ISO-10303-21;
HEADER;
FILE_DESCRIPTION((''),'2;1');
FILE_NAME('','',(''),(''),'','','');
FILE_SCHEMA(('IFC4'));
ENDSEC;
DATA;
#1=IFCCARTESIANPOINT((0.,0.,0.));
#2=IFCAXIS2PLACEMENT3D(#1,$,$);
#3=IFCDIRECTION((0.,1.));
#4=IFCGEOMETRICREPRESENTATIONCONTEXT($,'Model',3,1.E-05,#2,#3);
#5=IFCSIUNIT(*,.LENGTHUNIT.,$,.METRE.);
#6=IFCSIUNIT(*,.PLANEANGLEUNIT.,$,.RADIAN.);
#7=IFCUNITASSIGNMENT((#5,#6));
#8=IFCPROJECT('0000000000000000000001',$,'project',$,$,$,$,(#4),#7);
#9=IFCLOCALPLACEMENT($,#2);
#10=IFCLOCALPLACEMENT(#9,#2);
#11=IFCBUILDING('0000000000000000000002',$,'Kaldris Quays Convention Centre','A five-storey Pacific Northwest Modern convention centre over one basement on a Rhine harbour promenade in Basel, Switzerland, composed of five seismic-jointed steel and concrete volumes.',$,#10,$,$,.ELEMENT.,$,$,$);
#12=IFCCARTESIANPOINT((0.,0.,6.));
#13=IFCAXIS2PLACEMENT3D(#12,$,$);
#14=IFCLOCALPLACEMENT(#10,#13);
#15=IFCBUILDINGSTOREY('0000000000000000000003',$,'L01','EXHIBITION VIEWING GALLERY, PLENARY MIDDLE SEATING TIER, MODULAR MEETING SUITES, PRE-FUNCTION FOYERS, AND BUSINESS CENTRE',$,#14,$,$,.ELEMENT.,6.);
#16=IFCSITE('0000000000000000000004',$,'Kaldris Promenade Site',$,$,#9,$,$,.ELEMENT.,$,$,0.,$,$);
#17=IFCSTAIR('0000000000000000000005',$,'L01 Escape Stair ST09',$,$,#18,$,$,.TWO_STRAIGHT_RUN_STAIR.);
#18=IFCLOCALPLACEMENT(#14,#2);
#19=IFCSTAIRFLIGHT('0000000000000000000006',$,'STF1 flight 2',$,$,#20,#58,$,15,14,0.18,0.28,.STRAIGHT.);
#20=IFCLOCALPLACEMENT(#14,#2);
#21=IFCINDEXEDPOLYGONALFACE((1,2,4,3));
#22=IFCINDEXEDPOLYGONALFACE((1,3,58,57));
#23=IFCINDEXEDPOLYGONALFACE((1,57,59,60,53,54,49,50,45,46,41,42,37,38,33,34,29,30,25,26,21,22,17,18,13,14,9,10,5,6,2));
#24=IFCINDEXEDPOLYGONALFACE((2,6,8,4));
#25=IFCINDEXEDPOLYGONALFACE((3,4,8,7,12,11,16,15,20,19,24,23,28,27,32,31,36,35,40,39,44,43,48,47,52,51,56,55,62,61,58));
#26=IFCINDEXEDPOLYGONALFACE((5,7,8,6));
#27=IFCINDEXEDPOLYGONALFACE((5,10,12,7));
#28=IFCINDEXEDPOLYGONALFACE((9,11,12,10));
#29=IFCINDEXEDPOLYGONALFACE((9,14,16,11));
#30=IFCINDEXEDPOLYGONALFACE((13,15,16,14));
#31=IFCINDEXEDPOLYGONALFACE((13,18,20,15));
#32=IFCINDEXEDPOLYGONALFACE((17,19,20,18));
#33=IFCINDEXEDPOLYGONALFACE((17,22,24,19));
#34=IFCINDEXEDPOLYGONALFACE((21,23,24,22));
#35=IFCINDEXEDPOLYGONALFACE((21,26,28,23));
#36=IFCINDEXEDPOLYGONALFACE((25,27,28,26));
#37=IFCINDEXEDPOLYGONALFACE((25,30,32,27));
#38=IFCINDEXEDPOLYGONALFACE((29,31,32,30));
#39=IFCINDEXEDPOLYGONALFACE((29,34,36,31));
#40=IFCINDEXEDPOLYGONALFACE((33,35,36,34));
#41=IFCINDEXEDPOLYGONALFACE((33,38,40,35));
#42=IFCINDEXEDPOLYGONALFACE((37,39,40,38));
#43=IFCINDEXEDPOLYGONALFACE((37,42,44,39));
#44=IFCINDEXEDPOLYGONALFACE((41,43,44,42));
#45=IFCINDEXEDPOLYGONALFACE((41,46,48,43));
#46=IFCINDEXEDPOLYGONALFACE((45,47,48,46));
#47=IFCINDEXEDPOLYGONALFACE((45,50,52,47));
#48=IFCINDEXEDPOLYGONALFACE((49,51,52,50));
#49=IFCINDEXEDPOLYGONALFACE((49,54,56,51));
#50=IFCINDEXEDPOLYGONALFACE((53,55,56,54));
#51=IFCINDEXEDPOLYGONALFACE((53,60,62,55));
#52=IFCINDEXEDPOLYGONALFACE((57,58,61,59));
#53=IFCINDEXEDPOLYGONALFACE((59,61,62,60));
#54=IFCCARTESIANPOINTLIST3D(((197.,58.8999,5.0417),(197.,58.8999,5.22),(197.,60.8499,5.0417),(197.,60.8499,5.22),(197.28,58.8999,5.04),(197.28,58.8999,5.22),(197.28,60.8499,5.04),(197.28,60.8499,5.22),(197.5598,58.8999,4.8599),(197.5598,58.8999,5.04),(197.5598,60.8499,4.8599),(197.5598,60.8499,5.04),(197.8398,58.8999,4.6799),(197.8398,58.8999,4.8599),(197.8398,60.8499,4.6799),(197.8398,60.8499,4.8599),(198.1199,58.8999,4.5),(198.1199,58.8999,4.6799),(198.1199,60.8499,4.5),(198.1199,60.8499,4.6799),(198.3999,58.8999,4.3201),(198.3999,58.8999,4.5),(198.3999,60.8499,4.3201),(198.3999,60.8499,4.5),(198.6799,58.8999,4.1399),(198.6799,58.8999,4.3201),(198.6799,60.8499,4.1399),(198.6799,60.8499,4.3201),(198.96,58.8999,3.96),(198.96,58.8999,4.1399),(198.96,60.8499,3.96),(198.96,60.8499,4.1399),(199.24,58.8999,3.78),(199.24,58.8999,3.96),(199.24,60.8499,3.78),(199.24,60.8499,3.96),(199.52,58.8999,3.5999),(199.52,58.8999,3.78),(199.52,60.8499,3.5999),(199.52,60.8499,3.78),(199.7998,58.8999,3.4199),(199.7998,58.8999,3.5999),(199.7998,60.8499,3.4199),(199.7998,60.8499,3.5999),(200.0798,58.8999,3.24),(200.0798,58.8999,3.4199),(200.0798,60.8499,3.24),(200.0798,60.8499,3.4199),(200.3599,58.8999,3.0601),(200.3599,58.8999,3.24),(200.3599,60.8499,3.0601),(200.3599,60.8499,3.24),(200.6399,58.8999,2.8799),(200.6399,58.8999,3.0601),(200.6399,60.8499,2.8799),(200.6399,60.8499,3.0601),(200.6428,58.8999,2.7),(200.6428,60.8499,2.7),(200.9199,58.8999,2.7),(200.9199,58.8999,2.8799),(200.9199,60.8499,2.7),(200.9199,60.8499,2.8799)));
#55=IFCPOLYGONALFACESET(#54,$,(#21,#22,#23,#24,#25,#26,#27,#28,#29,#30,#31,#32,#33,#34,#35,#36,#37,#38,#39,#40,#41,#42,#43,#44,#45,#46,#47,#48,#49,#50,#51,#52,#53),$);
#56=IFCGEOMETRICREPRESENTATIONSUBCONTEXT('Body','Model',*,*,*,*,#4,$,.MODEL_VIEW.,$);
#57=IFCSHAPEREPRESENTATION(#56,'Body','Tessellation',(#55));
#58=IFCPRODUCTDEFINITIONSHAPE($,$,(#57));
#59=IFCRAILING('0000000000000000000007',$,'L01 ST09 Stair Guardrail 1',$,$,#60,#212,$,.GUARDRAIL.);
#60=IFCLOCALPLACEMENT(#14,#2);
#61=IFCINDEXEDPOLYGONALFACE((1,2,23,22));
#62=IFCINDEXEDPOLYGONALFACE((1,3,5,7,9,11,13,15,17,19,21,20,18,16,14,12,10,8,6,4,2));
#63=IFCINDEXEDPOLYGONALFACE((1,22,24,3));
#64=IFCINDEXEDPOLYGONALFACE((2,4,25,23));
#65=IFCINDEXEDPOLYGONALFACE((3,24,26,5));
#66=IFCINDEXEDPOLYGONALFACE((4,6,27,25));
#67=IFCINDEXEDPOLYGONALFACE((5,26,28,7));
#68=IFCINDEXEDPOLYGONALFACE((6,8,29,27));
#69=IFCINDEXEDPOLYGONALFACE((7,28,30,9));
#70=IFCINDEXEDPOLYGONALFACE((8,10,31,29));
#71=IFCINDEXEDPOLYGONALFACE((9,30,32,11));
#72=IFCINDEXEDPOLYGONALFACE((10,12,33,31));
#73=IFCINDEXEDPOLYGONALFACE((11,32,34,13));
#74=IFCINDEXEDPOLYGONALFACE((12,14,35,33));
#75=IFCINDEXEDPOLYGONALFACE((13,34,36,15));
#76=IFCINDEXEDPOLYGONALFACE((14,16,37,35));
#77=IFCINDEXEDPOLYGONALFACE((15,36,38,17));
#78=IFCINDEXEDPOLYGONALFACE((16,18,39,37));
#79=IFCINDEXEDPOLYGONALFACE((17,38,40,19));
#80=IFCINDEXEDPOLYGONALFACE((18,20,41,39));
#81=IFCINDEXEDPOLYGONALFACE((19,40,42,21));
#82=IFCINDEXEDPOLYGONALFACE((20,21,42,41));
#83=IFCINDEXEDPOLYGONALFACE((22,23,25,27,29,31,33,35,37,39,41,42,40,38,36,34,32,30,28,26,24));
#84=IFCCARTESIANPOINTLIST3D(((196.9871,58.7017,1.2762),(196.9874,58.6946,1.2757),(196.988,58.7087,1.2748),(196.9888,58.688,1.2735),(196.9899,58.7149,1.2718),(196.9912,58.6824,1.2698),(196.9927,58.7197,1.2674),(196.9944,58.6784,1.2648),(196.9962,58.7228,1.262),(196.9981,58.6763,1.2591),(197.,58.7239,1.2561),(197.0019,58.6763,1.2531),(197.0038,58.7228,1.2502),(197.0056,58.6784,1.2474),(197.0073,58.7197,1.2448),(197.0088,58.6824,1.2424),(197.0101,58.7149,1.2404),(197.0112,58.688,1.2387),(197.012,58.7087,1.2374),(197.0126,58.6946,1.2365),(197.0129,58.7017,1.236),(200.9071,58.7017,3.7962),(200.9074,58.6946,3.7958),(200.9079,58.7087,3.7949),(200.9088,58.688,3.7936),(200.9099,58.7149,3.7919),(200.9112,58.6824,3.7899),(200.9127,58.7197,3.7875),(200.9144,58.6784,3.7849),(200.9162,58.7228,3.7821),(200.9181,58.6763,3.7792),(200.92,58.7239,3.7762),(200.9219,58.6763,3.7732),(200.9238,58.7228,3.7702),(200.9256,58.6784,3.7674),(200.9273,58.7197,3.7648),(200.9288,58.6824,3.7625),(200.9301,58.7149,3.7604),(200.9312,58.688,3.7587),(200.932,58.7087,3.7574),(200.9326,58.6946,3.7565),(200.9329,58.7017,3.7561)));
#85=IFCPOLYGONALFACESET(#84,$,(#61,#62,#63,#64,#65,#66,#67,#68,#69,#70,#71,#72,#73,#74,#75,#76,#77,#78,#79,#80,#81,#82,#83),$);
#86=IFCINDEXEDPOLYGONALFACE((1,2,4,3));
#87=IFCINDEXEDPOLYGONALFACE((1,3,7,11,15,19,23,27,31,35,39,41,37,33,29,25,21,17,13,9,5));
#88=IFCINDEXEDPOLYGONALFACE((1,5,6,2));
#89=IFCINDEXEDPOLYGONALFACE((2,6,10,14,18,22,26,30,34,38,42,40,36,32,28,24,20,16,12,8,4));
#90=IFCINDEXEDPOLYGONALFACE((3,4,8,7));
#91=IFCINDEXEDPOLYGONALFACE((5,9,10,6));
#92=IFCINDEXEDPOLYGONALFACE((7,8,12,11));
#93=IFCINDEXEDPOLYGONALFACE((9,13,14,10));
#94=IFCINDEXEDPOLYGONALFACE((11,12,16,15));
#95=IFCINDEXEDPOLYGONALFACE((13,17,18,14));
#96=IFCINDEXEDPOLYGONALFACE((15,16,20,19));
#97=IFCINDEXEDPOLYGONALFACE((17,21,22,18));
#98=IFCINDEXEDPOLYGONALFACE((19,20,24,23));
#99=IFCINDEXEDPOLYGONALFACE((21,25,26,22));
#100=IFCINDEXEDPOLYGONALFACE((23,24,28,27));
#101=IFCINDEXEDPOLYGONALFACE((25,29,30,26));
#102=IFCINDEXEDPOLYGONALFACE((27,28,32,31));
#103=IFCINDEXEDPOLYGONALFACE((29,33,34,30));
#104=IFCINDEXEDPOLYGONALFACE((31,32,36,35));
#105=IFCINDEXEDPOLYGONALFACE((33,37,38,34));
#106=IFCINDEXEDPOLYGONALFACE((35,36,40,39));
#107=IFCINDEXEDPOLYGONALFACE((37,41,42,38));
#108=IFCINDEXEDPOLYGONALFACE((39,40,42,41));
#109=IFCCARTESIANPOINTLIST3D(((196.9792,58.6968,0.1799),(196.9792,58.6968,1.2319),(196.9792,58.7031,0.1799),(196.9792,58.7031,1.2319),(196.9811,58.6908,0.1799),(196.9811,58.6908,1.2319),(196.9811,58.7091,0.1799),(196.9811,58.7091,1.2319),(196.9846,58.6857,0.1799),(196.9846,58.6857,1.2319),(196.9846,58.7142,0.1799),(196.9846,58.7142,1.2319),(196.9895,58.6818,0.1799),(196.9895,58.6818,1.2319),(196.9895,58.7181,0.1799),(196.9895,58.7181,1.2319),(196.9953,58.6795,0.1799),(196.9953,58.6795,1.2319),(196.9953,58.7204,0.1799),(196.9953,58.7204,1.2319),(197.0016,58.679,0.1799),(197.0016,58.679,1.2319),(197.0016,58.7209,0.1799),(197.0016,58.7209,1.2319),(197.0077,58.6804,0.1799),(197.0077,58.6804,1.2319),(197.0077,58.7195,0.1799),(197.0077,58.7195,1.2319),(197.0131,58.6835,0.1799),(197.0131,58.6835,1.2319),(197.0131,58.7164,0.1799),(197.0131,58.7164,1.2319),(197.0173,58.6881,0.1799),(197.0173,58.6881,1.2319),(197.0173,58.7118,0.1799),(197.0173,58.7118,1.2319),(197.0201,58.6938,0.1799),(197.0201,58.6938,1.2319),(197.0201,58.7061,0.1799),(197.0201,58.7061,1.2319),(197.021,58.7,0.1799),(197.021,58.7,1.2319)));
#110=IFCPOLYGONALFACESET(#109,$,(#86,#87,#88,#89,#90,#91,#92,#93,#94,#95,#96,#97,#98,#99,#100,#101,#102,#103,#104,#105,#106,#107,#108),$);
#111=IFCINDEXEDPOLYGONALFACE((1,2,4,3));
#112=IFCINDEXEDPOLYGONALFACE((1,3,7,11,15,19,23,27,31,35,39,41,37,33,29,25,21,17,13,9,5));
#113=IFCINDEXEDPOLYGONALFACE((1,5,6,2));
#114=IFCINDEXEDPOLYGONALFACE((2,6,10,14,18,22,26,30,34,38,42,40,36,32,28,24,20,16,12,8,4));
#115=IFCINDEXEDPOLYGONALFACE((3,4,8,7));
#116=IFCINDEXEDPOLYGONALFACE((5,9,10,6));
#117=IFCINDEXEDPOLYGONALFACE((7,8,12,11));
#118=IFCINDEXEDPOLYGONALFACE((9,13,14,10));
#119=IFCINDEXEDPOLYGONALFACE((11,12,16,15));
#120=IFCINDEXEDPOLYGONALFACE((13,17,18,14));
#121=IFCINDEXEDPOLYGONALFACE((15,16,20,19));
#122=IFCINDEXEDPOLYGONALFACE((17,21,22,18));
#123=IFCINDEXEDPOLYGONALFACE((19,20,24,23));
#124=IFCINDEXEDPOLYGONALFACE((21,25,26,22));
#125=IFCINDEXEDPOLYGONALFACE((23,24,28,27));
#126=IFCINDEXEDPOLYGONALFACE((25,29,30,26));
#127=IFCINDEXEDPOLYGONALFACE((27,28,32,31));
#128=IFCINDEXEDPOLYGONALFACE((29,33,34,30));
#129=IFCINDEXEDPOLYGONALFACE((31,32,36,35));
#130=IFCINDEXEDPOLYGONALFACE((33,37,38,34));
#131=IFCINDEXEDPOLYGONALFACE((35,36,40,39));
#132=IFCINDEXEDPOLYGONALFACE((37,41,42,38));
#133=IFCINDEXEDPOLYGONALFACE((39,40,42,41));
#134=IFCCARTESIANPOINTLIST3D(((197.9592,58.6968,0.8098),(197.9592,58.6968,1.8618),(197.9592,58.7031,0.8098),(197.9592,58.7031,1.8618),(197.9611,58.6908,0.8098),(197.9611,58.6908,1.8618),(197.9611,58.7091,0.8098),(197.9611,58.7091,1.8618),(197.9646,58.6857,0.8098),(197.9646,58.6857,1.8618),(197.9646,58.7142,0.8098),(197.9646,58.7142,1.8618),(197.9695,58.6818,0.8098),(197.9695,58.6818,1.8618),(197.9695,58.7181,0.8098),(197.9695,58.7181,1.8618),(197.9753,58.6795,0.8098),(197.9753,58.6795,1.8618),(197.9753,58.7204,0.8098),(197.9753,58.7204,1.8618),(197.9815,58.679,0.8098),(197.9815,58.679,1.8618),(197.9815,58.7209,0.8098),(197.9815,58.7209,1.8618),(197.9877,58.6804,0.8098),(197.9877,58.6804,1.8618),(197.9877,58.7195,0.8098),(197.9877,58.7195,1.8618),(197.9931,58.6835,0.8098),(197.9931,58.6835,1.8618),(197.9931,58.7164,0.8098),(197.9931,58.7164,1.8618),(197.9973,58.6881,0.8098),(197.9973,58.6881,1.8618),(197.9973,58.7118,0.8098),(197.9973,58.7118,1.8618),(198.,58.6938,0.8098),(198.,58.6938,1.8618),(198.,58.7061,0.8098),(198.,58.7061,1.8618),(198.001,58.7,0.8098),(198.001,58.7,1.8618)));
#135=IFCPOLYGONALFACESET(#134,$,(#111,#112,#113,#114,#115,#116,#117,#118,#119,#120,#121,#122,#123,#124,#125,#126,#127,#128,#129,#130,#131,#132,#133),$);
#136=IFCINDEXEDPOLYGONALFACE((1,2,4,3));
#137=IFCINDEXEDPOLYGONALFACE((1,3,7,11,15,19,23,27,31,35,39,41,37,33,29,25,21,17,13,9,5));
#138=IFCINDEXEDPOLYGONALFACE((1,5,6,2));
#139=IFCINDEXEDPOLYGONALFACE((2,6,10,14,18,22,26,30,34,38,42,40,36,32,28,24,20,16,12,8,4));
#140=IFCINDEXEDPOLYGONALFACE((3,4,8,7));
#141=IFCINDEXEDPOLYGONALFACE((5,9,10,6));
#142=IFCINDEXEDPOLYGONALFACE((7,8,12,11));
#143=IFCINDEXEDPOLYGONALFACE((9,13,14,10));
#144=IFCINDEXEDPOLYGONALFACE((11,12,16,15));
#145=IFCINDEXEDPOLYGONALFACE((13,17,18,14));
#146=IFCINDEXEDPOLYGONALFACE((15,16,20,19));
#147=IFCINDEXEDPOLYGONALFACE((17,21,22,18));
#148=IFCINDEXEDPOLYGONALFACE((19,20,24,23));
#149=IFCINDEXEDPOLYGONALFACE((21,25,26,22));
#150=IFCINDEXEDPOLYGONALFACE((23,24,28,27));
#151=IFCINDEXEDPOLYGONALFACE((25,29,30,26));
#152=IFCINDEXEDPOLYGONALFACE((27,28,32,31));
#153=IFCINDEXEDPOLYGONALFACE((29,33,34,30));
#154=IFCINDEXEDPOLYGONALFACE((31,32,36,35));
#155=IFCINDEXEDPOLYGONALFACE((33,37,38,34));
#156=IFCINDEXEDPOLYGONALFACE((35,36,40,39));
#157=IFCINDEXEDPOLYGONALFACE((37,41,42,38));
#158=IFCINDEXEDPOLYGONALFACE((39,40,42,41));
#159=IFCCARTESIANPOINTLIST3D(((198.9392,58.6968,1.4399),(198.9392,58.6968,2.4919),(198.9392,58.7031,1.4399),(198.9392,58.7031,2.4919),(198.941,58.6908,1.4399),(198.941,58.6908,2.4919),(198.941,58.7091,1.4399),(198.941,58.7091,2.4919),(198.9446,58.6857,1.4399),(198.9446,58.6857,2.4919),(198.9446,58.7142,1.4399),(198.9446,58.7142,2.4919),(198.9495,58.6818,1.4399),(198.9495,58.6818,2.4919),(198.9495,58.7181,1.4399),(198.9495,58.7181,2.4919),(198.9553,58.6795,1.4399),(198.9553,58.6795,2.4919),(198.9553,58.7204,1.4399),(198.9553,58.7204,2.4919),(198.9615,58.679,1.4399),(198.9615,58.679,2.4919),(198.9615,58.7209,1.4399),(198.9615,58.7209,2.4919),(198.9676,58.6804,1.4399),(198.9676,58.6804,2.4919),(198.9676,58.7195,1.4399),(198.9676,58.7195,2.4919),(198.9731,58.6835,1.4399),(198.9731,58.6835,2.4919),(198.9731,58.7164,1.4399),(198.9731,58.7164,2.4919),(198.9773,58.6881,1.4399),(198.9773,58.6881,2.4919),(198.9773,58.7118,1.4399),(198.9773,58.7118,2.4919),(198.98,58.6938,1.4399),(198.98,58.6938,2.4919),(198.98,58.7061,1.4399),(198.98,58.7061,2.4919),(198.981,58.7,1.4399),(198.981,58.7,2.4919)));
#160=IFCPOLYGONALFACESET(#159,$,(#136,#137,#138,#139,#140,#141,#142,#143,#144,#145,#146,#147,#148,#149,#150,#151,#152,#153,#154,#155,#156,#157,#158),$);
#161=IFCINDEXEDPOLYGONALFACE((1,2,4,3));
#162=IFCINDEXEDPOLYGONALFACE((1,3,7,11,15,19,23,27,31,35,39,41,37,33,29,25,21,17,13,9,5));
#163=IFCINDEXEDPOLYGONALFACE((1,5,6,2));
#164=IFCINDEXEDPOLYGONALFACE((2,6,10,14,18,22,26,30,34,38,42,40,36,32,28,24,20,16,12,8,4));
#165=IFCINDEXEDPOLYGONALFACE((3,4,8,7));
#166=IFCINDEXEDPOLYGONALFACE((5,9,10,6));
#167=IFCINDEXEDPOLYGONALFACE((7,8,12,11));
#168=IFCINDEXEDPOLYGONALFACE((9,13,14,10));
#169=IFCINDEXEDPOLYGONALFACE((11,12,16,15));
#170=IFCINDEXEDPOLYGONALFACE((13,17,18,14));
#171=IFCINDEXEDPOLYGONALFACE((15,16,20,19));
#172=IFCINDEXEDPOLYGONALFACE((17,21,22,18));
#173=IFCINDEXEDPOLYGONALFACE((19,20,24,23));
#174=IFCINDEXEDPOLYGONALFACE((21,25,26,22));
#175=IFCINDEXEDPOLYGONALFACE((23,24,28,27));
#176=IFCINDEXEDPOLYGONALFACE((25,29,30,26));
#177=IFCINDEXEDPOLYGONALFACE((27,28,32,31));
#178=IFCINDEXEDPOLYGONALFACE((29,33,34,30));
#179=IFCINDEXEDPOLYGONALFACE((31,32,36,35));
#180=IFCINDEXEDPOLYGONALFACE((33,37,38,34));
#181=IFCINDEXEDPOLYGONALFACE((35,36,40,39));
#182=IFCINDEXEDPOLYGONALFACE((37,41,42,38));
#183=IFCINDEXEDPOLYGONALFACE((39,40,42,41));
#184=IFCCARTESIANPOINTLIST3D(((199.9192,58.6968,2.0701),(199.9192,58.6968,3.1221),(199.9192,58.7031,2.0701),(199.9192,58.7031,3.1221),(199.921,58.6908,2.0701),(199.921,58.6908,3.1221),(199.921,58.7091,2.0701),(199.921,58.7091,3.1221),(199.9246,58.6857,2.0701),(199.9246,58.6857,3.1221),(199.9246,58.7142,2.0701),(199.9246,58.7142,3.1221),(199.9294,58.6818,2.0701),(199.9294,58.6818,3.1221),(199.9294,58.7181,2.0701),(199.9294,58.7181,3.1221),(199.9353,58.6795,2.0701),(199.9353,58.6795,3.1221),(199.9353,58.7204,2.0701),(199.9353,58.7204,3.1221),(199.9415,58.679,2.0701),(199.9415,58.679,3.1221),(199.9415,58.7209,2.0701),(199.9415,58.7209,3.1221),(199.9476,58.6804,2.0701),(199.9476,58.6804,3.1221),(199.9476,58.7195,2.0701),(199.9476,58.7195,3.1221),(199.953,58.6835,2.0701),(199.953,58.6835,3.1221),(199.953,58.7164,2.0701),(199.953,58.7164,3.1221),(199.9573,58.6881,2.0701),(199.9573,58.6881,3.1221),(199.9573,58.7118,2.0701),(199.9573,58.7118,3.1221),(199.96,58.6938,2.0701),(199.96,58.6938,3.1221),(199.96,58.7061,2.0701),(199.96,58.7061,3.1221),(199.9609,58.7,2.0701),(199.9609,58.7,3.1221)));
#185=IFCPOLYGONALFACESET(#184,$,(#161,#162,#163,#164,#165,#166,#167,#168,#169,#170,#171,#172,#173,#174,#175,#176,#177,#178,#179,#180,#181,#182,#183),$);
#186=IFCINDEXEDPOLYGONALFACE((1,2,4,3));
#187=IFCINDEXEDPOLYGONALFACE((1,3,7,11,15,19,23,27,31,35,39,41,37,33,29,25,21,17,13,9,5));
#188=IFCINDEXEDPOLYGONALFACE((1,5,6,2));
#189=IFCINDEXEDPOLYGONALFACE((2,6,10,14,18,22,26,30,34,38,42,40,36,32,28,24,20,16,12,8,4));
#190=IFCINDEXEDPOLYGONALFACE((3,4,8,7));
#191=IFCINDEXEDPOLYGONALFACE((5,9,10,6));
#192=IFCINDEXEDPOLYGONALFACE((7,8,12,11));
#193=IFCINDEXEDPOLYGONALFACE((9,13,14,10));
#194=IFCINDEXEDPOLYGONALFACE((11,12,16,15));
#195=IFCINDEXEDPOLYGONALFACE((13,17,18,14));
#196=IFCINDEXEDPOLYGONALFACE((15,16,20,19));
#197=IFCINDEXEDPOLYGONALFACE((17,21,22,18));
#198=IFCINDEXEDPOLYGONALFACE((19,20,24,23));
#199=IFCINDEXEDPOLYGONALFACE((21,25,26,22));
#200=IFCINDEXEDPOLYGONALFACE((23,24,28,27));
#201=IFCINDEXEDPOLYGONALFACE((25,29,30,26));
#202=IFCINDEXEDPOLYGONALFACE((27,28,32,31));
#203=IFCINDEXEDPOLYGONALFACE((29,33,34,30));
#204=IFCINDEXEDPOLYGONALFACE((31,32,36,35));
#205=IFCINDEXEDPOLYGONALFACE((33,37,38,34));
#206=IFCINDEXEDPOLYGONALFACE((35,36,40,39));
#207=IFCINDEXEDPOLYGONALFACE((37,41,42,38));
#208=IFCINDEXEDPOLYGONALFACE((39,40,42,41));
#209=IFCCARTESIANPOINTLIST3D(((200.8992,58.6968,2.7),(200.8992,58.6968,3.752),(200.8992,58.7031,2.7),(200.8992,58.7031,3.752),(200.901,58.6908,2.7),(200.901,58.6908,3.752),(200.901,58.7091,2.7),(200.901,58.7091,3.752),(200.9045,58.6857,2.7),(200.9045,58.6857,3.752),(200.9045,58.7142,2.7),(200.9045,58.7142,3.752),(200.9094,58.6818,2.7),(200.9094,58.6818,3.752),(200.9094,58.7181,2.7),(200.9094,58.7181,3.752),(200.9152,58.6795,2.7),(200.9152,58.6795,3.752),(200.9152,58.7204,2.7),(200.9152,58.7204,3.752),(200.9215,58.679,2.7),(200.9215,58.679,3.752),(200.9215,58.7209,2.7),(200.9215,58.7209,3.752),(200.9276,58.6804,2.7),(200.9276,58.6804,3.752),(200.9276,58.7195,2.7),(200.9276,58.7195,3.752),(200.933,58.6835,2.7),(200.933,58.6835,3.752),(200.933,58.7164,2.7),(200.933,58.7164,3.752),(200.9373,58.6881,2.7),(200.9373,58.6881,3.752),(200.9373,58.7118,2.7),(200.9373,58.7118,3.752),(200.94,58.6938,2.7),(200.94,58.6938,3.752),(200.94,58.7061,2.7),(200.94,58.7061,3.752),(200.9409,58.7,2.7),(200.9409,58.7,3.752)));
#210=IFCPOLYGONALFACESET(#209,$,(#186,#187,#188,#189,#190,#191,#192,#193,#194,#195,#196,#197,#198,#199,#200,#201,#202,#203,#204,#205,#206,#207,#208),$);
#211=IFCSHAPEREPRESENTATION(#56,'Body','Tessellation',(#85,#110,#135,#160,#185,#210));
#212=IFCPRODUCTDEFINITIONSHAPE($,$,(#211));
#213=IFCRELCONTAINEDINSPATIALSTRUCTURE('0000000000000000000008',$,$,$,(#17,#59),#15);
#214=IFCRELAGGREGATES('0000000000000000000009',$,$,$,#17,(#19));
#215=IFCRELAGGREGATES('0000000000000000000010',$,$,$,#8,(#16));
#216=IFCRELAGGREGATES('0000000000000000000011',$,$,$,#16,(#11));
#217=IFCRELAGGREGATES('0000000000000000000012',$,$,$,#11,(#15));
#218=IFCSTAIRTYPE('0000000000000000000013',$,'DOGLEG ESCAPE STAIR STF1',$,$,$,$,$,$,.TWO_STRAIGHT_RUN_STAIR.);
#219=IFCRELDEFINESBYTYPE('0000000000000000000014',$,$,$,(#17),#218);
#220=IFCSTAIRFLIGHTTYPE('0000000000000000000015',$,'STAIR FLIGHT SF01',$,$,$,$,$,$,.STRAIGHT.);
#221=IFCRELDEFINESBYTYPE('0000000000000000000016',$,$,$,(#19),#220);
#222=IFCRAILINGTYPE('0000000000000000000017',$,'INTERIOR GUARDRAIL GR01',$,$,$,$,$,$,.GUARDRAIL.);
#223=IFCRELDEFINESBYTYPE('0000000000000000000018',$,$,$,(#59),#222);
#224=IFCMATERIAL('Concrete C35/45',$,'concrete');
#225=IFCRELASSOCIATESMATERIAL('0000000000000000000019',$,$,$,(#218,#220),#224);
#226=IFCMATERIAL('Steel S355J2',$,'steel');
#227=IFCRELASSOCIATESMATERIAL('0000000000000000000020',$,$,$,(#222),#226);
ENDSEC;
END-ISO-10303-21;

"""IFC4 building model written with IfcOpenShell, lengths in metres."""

from ifc_helpers import new_model, si_unit, direction, frame, origin, origin_2d, place, context, subcontext, project, spatial, polyline, circle, outline, extrude, material, type_object, element, aggregate, save


model = new_model("IFC4")

# Units and contexts
model_context = context("Model", 3, precision=1e-05, world=origin(), true_north=direction((0.0, 1.0)))
body_context = subcontext(model_context, "Body", "Model", "MODEL_VIEW")
ifc_project = project(units=[si_unit("LENGTHUNIT", "METRE"), si_unit("PLANEANGLEUNIT", "RADIAN")], contexts=[model_context])

# Site, building, storey
site_placement = place(None, origin())
site = spatial("IfcSite", under=ifc_project, at=site_placement, Name="Kaldris Promenade Site", CompositionType="ELEMENT", RefElevation=0.0)
building_placement = place(site_placement, origin())
building = spatial("IfcBuilding", under=site, at=building_placement, Name="Kaldris Quays Convention Centre", Description="A five-storey Pacific Northwest Modern convention centre over one basement on a Rhine harbour promenade in Basel, Switzerland, composed of five seismic-jointed steel and concrete volumes.", CompositionType="ELEMENT")
storey_placement = place(building_placement, frame((0.0, 0.0, 6.0)))
storey = spatial("IfcBuildingStorey", under=building, at=storey_placement, Name="L01", Description="EXHIBITION VIEWING GALLERY, PLENARY MIDDLE SEATING TIER, MODULAR MEETING SUITES, PRE-FUNCTION FOYERS, AND BUSINESS CENTRE", CompositionType="ELEMENT", Elevation=6.0)

# Stair, stair flight
ifc_material_1 = material(Name="Concrete C35/45", Category="concrete")
stair_type = type_object("IfcStairType", Name="DOGLEG ESCAPE STAIR STF1", PredefinedType="TWO_STRAIGHT_RUN_STAIR", material=ifc_material_1)
stair_placement = place(storey_placement, origin())
stair = element("IfcStair", 1, at=stair_placement, inside=storey, type_object=stair_type, Name="L01 Escape Stair ST09", PredefinedType="TWO_STRAIGHT_RUN_STAIR")
stair_flight_type = type_object("IfcStairFlightType", Name="STAIR FLIGHT SF01", PredefinedType="STRAIGHT", material=ifc_material_1)
stair_flight_1_placement = place(storey_placement, frame((200.9199, 59.875, 2.7), z_axis=(0.0, 0.0, 1.0), x_axis=(-1.0, 0.0, 0.0)))
stair_flight_1 = element("IfcStairFlight", 2, at=stair_flight_1_placement, type_object=stair_flight_type, Name="STF1 flight 2", NumberOfRisers=15, NumberOfTreads=14, PredefinedType="STRAIGHT", RiserHeight=0.18, TreadLength=0.28, context=body_context, shape_type="SweptSolid", body=[
    extrude(outline(polyline([(0.0, 0.0), (0.0, 0.1799), (0.28, 0.1799), (0.28, 0.3601), (0.5601, 0.3601), (0.5601, 0.54), (0.8401, 0.54), (0.8401, 0.72), (1.1201, 0.72), (1.1201, 0.8999), (1.3999, 0.8999), (1.3999, 1.0801), (1.6799, 1.0801), (1.6799, 1.26), (1.96, 1.26), (1.96, 1.4399), (2.24, 1.4399), (2.24, 1.6201), (2.52, 1.6201), (2.52, 1.8), (2.8, 1.8), (2.8, 1.98), (3.0801, 1.98), (3.0801, 2.1599), (3.3601, 2.1599), (3.3601, 2.3401), (3.6399, 2.3401), (3.6399, 2.52), (3.9199, 2.52), (3.9199, 2.7), (3.9199, 2.3418), (0.2771, 0.0), (0.0, 0.0)])), frame((0.0, 0.9751, 0.0), z_axis=(0.0, -1.0, 0.0), x_axis=(1.0, 0.0, 0.0)), (0.0, 0.0, 1.0), 1.95),
])
aggregate(stair, [stair_flight_1])

# Railing
ifc_material_2 = material(Name="Steel S355J2", Category="steel")
railing_type_1 = type_object("IfcRailingType", Name="INTERIOR GUARDRAIL GR01", PredefinedType="GUARDRAIL", material=ifc_material_2)
railing_1_placement = place(storey_placement, frame((197.0, 58.7, 0.1799)))
element("IfcRailing", 3, at=railing_1_placement, inside=storey, type_object=railing_type_1, Name="L01 ST09 Stair Guardrail 1", PredefinedType="GUARDRAIL", context=body_context, shape_type="SweptSolid", body=[
    extrude(circle(Radius=0.0239, at=origin_2d()), frame((0.0, 0.0, 1.0762), z_axis=(0.841172, 0.0, 0.540768), x_axis=(0.0, 1.0, 0.0)), (0.0, 0.0, 1.0), 4.6602),
    extrude(circle(Radius=0.021, at=origin_2d()), origin(), (0.0, 0.0, 1.0), 1.052),
    extrude(circle(Radius=0.021, at=origin_2d()), frame((0.98, 0.0, 0.6299)), (0.0, 0.0, 1.0), 1.052),
    extrude(circle(Radius=0.021, at=origin_2d()), frame((1.96, 0.0, 1.26)), (0.0, 0.0, 1.0), 1.052),
    extrude(circle(Radius=0.021, at=origin_2d()), frame((2.9399, 0.0, 1.8901)), (0.0, 0.0, 1.0), 1.052),
    extrude(circle(Radius=0.021, at=origin_2d()), frame((3.9199, 0.0, 2.52)), (0.0, 0.0, 1.0), 1.052),
])

save(model, "model.ifc")
